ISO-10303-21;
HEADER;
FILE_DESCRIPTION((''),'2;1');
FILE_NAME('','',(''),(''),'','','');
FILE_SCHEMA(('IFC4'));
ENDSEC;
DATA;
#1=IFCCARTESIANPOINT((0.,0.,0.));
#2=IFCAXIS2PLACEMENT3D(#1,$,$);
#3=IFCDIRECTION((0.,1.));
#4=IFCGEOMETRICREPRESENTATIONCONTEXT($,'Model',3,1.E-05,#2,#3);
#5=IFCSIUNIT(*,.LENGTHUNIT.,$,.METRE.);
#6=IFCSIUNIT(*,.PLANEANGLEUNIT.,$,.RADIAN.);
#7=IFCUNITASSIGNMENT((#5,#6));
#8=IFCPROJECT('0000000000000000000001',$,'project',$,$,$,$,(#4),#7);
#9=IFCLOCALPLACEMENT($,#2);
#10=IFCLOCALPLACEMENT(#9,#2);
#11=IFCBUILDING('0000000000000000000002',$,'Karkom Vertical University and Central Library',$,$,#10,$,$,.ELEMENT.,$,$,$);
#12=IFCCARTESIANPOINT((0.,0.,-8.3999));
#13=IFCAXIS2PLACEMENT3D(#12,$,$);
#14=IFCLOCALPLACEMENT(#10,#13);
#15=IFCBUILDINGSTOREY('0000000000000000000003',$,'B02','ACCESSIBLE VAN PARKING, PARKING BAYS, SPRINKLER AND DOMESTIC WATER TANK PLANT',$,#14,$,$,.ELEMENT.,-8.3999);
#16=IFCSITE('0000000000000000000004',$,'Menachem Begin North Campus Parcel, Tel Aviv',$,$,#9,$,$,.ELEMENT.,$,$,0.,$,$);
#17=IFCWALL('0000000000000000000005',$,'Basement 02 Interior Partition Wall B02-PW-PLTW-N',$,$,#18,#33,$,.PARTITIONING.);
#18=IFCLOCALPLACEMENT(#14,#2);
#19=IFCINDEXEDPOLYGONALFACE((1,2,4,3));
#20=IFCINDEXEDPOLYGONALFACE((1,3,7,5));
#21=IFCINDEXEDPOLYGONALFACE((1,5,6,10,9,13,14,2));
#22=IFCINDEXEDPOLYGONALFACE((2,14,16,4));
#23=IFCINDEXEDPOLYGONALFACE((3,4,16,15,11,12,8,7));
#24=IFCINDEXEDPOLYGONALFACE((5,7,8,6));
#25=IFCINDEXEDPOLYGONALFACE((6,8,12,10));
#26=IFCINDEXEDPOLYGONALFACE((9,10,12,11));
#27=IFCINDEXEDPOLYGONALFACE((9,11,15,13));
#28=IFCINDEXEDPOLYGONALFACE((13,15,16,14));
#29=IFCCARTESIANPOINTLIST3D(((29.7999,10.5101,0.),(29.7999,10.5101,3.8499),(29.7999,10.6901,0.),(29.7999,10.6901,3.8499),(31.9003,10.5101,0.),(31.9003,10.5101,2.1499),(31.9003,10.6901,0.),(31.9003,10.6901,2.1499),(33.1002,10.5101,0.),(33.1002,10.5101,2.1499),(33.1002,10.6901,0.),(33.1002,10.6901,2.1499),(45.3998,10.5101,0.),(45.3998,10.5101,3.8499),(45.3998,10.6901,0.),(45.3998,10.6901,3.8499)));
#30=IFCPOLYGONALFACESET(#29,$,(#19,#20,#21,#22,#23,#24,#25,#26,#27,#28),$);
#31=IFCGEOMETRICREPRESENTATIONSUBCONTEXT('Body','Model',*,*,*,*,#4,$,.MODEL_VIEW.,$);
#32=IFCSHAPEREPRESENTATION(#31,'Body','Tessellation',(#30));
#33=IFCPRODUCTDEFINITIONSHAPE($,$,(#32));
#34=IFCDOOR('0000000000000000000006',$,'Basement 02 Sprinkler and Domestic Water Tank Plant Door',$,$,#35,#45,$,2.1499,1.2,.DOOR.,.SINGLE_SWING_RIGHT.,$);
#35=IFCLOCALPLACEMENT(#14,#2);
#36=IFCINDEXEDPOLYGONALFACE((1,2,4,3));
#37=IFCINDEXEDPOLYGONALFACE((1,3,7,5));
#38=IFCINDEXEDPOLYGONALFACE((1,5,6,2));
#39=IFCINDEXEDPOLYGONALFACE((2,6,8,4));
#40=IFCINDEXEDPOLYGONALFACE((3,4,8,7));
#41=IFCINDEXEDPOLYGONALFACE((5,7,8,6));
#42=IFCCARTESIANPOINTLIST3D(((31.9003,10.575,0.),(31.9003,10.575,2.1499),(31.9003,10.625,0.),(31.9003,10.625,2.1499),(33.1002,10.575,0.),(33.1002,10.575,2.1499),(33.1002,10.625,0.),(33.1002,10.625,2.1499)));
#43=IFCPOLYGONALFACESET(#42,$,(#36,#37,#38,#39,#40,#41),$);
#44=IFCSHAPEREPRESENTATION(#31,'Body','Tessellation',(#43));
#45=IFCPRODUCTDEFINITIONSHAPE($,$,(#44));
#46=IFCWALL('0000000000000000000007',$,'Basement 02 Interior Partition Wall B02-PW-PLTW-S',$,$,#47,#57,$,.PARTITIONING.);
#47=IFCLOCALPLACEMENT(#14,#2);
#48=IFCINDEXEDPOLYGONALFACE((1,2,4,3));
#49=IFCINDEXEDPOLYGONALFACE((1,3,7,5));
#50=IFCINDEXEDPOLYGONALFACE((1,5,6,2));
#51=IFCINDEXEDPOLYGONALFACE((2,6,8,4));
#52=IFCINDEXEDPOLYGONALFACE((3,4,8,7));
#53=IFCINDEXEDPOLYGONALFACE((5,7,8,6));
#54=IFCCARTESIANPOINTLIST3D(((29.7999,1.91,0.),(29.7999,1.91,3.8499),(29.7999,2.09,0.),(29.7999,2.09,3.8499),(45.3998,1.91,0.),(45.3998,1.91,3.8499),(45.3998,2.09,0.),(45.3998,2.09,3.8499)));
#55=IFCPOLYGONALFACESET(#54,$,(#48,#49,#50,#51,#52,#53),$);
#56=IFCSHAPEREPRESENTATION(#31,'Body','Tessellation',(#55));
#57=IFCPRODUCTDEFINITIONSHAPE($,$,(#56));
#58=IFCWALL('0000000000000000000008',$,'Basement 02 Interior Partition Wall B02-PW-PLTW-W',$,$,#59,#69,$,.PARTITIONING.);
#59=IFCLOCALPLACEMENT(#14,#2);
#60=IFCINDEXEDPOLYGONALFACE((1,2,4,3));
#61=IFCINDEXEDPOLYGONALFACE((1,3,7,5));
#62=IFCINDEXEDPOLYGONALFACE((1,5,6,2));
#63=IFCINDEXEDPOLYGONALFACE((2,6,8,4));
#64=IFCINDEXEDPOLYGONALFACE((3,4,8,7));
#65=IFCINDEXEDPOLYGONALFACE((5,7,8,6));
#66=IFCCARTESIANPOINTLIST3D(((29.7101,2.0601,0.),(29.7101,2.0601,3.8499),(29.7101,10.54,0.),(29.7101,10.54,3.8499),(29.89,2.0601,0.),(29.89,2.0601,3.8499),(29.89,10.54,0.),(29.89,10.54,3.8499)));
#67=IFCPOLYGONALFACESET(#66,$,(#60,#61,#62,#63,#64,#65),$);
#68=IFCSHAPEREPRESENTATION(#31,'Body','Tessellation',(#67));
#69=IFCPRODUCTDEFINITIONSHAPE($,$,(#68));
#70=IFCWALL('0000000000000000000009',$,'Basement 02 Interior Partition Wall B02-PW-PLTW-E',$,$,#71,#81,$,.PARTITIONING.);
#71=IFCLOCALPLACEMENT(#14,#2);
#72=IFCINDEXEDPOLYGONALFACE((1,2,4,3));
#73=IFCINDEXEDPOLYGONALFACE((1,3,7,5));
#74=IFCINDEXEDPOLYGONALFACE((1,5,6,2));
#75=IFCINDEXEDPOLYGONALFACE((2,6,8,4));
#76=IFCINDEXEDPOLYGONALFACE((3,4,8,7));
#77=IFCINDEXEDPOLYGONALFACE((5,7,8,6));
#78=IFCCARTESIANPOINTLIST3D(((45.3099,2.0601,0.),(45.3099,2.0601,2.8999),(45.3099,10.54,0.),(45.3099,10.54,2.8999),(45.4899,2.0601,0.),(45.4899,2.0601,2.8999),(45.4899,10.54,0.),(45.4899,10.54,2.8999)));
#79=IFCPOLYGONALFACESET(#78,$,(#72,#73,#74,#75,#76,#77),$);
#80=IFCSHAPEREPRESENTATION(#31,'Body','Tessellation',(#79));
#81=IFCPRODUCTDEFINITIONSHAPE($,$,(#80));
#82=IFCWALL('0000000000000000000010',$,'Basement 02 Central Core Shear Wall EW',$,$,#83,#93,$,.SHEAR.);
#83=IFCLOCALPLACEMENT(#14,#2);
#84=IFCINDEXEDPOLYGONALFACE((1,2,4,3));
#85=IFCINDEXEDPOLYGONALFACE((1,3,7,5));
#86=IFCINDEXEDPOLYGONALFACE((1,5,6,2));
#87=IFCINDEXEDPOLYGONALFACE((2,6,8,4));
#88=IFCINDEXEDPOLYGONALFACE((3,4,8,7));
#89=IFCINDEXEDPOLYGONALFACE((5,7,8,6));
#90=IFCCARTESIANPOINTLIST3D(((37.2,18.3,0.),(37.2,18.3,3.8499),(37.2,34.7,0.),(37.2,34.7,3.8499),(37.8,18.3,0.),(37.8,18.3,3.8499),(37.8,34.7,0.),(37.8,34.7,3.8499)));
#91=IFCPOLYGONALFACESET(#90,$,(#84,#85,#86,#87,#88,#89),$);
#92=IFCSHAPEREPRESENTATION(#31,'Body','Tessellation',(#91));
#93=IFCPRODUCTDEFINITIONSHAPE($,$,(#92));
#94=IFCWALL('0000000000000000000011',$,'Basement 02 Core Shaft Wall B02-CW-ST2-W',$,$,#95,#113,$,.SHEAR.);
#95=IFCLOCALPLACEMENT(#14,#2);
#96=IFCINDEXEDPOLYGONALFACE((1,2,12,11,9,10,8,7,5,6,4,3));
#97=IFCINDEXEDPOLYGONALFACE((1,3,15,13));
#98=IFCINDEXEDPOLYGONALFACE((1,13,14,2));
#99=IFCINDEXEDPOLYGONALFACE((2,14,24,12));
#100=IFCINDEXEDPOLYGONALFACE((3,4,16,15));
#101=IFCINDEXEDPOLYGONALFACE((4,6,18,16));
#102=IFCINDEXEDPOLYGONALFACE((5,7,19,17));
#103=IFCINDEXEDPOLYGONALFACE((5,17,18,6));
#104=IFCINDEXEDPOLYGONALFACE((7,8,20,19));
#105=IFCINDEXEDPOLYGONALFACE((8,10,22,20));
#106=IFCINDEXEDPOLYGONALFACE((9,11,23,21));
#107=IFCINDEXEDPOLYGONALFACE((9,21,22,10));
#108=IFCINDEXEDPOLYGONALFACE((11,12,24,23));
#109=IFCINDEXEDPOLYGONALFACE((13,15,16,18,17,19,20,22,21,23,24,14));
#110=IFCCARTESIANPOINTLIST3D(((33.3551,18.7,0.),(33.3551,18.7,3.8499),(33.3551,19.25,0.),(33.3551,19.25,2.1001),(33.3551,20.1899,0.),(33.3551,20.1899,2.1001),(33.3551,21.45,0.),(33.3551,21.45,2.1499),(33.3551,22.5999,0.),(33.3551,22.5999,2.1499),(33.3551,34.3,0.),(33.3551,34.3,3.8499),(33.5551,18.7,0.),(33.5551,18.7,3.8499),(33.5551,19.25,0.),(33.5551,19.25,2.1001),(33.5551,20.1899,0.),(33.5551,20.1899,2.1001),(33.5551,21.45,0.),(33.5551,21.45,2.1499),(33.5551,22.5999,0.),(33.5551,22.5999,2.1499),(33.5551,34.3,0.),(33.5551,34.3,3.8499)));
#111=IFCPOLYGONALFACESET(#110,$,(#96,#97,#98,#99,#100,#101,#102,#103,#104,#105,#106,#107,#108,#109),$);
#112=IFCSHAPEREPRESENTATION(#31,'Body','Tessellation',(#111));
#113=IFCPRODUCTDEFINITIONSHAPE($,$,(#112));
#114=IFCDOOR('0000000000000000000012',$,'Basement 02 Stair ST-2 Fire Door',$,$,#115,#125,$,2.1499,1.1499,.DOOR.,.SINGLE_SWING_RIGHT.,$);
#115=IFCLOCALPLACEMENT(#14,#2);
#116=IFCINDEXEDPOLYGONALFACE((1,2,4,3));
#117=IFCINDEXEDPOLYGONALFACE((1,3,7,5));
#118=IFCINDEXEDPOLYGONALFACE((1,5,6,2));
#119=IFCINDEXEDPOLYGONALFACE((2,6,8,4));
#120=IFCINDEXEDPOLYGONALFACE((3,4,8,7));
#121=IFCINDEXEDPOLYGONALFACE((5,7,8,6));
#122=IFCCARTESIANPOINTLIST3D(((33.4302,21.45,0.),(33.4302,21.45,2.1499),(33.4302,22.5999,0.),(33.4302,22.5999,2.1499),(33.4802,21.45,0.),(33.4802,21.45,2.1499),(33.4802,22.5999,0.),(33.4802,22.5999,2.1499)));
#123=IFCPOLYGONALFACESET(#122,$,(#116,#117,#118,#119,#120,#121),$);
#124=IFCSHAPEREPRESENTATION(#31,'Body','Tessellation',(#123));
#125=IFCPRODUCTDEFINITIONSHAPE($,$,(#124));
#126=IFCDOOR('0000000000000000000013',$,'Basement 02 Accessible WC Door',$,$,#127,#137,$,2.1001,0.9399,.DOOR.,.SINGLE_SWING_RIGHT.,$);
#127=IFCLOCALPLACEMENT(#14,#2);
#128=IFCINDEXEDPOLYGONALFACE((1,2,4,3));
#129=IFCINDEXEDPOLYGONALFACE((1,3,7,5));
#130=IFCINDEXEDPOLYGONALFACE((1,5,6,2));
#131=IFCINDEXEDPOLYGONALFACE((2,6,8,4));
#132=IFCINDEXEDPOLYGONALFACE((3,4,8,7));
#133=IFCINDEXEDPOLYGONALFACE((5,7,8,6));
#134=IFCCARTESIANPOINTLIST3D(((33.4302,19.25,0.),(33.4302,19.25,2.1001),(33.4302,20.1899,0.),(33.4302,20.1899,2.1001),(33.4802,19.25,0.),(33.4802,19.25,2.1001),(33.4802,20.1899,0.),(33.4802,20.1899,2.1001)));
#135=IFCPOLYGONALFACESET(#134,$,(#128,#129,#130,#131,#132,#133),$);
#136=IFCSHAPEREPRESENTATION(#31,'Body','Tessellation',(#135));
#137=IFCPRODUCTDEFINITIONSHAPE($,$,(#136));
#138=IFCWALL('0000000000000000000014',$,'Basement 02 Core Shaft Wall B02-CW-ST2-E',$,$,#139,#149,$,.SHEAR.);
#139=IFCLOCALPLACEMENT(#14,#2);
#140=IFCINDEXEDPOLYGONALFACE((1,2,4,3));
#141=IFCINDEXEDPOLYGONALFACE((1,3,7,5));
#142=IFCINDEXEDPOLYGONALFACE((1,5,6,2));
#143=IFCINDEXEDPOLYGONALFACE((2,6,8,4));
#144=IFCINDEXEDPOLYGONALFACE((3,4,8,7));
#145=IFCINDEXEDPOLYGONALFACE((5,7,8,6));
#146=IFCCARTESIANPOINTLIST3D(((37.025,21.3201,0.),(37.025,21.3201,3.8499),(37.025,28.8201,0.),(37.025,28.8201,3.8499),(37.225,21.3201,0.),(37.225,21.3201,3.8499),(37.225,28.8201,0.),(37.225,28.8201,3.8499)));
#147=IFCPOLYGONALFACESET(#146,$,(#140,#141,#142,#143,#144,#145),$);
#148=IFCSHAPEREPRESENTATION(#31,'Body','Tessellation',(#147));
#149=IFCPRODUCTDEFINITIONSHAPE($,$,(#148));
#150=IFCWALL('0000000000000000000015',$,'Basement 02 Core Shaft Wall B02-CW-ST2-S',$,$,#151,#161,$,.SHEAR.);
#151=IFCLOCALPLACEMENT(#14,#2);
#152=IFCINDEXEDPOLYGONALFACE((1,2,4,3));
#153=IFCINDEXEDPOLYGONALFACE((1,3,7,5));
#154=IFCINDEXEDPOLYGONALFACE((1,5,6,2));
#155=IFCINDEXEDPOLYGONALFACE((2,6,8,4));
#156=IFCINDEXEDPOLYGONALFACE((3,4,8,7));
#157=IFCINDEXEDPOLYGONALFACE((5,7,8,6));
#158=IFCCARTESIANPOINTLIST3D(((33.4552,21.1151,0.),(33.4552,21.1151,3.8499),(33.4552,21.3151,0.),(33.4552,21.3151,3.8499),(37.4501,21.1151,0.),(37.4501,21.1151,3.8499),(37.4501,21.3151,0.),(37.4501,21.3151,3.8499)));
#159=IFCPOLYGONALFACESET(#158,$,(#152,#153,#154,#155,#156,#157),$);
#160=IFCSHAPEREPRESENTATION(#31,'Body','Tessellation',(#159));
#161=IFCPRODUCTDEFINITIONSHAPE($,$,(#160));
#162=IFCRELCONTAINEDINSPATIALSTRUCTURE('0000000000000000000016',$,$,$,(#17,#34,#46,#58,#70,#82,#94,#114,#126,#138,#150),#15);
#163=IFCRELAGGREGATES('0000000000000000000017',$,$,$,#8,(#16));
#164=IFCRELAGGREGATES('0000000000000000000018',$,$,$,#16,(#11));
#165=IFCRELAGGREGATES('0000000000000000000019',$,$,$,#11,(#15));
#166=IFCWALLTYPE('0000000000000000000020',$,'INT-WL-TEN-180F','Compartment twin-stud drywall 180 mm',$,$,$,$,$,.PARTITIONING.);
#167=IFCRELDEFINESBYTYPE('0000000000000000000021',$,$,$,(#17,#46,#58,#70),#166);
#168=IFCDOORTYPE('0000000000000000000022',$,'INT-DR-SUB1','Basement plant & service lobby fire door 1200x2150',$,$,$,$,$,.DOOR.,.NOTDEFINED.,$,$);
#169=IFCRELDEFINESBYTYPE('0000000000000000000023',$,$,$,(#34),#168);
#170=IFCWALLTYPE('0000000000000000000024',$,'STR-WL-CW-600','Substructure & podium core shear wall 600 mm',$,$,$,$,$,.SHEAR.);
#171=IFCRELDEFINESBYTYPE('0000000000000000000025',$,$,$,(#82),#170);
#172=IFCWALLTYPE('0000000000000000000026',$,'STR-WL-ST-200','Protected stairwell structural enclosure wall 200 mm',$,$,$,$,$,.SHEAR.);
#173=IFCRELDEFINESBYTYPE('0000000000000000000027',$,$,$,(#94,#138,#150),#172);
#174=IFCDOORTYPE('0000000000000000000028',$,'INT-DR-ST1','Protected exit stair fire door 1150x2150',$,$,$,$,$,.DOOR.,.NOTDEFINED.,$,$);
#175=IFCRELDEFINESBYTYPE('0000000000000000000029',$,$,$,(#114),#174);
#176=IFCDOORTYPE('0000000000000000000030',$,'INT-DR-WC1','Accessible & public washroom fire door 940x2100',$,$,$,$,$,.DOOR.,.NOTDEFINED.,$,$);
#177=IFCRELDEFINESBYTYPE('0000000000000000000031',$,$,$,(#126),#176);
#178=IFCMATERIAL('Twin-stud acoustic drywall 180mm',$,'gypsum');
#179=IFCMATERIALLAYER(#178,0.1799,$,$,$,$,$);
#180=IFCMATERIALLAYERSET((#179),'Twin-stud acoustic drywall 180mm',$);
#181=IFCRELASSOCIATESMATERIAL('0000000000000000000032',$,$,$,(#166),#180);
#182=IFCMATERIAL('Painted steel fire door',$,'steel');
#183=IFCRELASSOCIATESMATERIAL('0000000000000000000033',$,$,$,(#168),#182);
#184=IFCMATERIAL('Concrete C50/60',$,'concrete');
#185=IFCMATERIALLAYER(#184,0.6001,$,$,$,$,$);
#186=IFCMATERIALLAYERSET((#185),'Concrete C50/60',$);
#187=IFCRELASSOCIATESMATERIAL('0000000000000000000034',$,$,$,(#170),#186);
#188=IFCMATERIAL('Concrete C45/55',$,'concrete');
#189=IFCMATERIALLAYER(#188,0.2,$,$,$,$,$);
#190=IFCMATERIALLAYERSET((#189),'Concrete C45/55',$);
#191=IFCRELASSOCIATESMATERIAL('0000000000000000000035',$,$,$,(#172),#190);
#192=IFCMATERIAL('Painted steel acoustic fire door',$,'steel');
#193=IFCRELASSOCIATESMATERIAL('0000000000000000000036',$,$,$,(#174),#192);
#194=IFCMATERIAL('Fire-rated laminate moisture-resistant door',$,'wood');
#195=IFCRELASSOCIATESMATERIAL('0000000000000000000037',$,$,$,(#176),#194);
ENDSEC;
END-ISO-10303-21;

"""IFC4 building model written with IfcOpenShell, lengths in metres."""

from ifc_helpers import new_model, si_unit, direction, frame, frame_2d, origin, origin_with_axes, place, context, subcontext, project, spatial, rectangle, extrude, source, transform, mapped, material, layer, layer_set, type_object, element, fill, save


model = new_model("IFC4")

# Units and contexts
model_context = context("Model", 3, precision=1e-05, world=origin(), true_north=direction((0.0, 1.0)))
body_context = subcontext(model_context, "Body", "Model", "MODEL_VIEW")
ifc_project = project(units=[si_unit("LENGTHUNIT", "METRE"), si_unit("PLANEANGLEUNIT", "RADIAN")], contexts=[model_context])

# Site, building, storey
site_placement = place(None, origin())
site = spatial("IfcSite", under=ifc_project, at=site_placement, Name="Menachem Begin North Campus Parcel, Tel Aviv", CompositionType="ELEMENT", RefElevation=0.0)
building_placement = place(site_placement, origin())
building = spatial("IfcBuilding", under=site, at=building_placement, Name="Karkom Vertical University and Central Library", CompositionType="ELEMENT")
storey_placement = place(building_placement, frame((0.0, 0.0, -8.3999)))
storey = spatial("IfcBuildingStorey", under=building, at=storey_placement, Name="B02", Description="ACCESSIBLE VAN PARKING, PARKING BAYS, SPRINKLER AND DOMESTIC WATER TANK PLANT", CompositionType="ELEMENT", Elevation=-8.3999)

# Shared definitions
ifc_material_1 = material(Name="Concrete C45/55", Category="concrete")
ifc_material_2 = material(Name="Concrete C50/60", Category="concrete")

# Wall, opening, door
ifc_material_3 = material(Name="Twin-stud acoustic drywall 180mm", Category="gypsum")
ifc_layer_1 = layer(ifc_material_3, 0.1799)
ifc_layer_set_1 = layer_set([ifc_layer_1], Name="Twin-stud acoustic drywall 180mm")
wall_type_1 = type_object("IfcWallType", Name="INT-WL-TEN-180F", Description="Compartment twin-stud drywall 180 mm", PredefinedType="PARTITIONING", material=ifc_layer_set_1)
wall_1_placement = place(storey_placement, frame((29.8, 10.6001, 0.0), z_axis=(0.0, 0.0, 1.0), x_axis=(1.0, 0.0, 0.0)))
wall_1 = element("IfcWall", 1, at=wall_1_placement, inside=storey, type_object=wall_type_1, Name="Basement 02 Interior Partition Wall B02-PW-PLTW-N", PredefinedType="PARTITIONING", context=body_context, shape_type="SweptSolid", body=[
    extrude(rectangle(XDim=15.5999, YDim=0.1799, at=frame_2d((7.7998, 0.0))), origin(), (0.0, 0.0, 1.0), 3.8499),
])
opening_1_placement = place(wall_1_placement, frame((2.1001, 0.0, 0.0)))
opening_1 = element("IfcOpeningElement", 2, at=opening_1_placement, cuts=wall_1, PredefinedType="OPENING", context=body_context, shape_type="SweptSolid", body=[
    extrude(rectangle(XDim=1.2, YDim=2.1499, at=frame_2d((0.6001, 1.075))), frame((0.0, 0.1001, 0.0), z_axis=(0.0, -1.0, 0.0), x_axis=(1.0, 0.0, 0.0)), (0.0, 0.0, 1.0), 0.2),
])
ifc_material_4 = material(Name="Painted steel fire door", Category="steel")
door_type_1 = type_object("IfcDoorType", Name="INT-DR-SUB1", Description="Basement plant & service lobby fire door 1200x2150", OperationType="NOTDEFINED", PredefinedType="DOOR", material=ifc_material_4)
shared_shape_1 = source(origin_with_axes(), body_context, "Body", "SweptSolid", [
    extrude(rectangle(XDim=1.2, YDim=2.1499, at=frame_2d((0.6001, 1.075))), frame((0.0, 0.0249, 0.0), z_axis=(0.0, -1.0, 0.0), x_axis=(1.0, 0.0, 0.0)), (0.0, 0.0, 1.0), 0.05),
])
door_1_placement = place(opening_1_placement, origin())
door_1 = element("IfcDoor", 3, at=door_1_placement, inside=storey, type_object=door_type_1, Name="Basement 02 Sprinkler and Domestic Water Tank Plant Door", OperationType="SINGLE_SWING_RIGHT", OverallHeight=2.1499, OverallWidth=1.2, PredefinedType="DOOR", context=body_context, shape_type="MappedRepresentation", body=[
    mapped(shared_shape_1, transform((0.0, 0.0, 0.0), scale=1.0)),
])
fill(opening_1, door_1)

# Walls
wall_2_placement = place(storey_placement, frame((29.8, 2.0, 0.0), z_axis=(0.0, 0.0, 1.0), x_axis=(1.0, 0.0, 0.0)))
element("IfcWall", 4, at=wall_2_placement, inside=storey, type_object=wall_type_1, Name="Basement 02 Interior Partition Wall B02-PW-PLTW-S", PredefinedType="PARTITIONING", context=body_context, shape_type="SweptSolid", body=[
    extrude(rectangle(XDim=15.5999, YDim=0.1799, at=frame_2d((7.7998, 0.0))), origin(), (0.0, 0.0, 1.0), 3.8499),
])
wall_3_placement = place(storey_placement, frame((29.8, 2.0601, 0.0), z_axis=(0.0, 0.0, 1.0), x_axis=(0.0, 1.0, 0.0)))
element("IfcWall", 5, at=wall_3_placement, inside=storey, type_object=wall_type_1, Name="Basement 02 Interior Partition Wall B02-PW-PLTW-W", PredefinedType="PARTITIONING", context=body_context, shape_type="SweptSolid", body=[
    extrude(rectangle(XDim=8.48, YDim=0.1799, at=frame_2d((4.24, 0.0))), origin(), (0.0, 0.0, 1.0), 3.8499),
])
wall_4_placement = place(storey_placement, frame((45.3999, 2.0601, 0.0), z_axis=(0.0, 0.0, 1.0), x_axis=(0.0, 1.0, 0.0)))
element("IfcWall", 6, at=wall_4_placement, inside=storey, type_object=wall_type_1, Name="Basement 02 Interior Partition Wall B02-PW-PLTW-E", PredefinedType="PARTITIONING", context=body_context, shape_type="SweptSolid", body=[
    extrude(rectangle(XDim=8.48, YDim=0.1799, at=frame_2d((4.24, 0.0))), origin(), (0.0, 0.0, 1.0), 2.8999),
])
ifc_layer_2 = layer(ifc_material_2, 0.6001)
ifc_layer_set_2 = layer_set([ifc_layer_2], Name="Concrete C50/60")
wall_type_2 = type_object("IfcWallType", Name="STR-WL-CW-600", Description="Substructure & podium core shear wall 600 mm", PredefinedType="SHEAR", material=ifc_layer_set_2)
wall_5_placement = place(storey_placement, frame((37.5, 18.3, 0.0), z_axis=(0.0, 0.0, 1.0), x_axis=(0.0, 1.0, 0.0)))
element("IfcWall", 7, at=wall_5_placement, inside=storey, type_object=wall_type_2, Name="Basement 02 Central Core Shear Wall EW", PredefinedType="SHEAR", context=body_context, shape_type="SweptSolid", body=[
    extrude(rectangle(XDim=16.3999, YDim=0.6001, at=frame_2d((8.2, 0.0))), origin(), (0.0, 0.0, 1.0), 3.8499),
])

# Wall, openings, doors
ifc_layer_3 = layer(ifc_material_1, 0.2)
ifc_layer_set_3 = layer_set([ifc_layer_3], Name="Concrete C45/55")
wall_type_3 = type_object("IfcWallType", Name="STR-WL-ST-200", Description="Protected stairwell structural enclosure wall 200 mm", PredefinedType="SHEAR", material=ifc_layer_set_3)
wall_6_placement = place(storey_placement, frame((33.4551, 18.7, 0.0), z_axis=(0.0, 0.0, 1.0), x_axis=(0.0, 1.0, 0.0)))
wall_6 = element("IfcWall", 8, at=wall_6_placement, inside=storey, type_object=wall_type_3, Name="Basement 02 Core Shaft Wall B02-CW-ST2-W", PredefinedType="SHEAR", context=body_context, shape_type="SweptSolid", body=[
    extrude(rectangle(XDim=15.6001, YDim=0.2, at=frame_2d((7.8, 0.0))), origin(), (0.0, 0.0, 1.0), 3.8499),
])
opening_2_placement = place(wall_6_placement, frame((2.75, 0.0, 0.0)))
opening_2 = element("IfcOpeningElement", 9, at=opening_2_placement, cuts=wall_6, PredefinedType="OPENING", context=body_context, shape_type="SweptSolid", body=[
    extrude(rectangle(XDim=1.1499, YDim=2.1499, at=frame_2d((0.575, 1.075))), frame((0.0, 0.1099, 0.0), z_axis=(0.0, -1.0, 0.0), x_axis=(1.0, 0.0, 0.0)), (0.0, 0.0, 1.0), 0.22),
])
opening_3_placement = place(wall_6_placement, frame((0.55, 0.0, 0.0)))
opening_3 = element("IfcOpeningElement", 10, at=opening_3_placement, cuts=wall_6, PredefinedType="OPENING", context=body_context, shape_type="SweptSolid", body=[
    extrude(rectangle(XDim=0.9399, YDim=2.1001, at=frame_2d((0.47, 1.05))), frame((0.0, 0.1099, 0.0), z_axis=(0.0, -1.0, 0.0), x_axis=(1.0, 0.0, 0.0)), (0.0, 0.0, 1.0), 0.22),
])
ifc_material_5 = material(Name="Painted steel acoustic fire door", Category="steel")
door_type_2 = type_object("IfcDoorType", Name="INT-DR-ST1", Description="Protected exit stair fire door 1150x2150", OperationType="NOTDEFINED", PredefinedType="DOOR", material=ifc_material_5)
shared_shape_2 = source(origin_with_axes(), body_context, "Body", "SweptSolid", [
    extrude(rectangle(XDim=1.1499, YDim=2.1499, at=frame_2d((0.575, 1.075))), frame((0.0, 0.0249, 0.0), z_axis=(0.0, -1.0, 0.0), x_axis=(1.0, 0.0, 0.0)), (0.0, 0.0, 1.0), 0.05),
])
door_2_placement = place(opening_2_placement, origin())
door_2 = element("IfcDoor", 11, at=door_2_placement, inside=storey, type_object=door_type_2, Name="Basement 02 Stair ST-2 Fire Door", OperationType="SINGLE_SWING_RIGHT", OverallHeight=2.1499, OverallWidth=1.1499, PredefinedType="DOOR", context=body_context, shape_type="MappedRepresentation", body=[
    mapped(shared_shape_2, transform((0.0, 0.0, 0.0), scale=1.0)),
])
fill(opening_2, door_2)
ifc_material_6 = material(Name="Fire-rated laminate moisture-resistant door", Category="wood")
door_type_3 = type_object("IfcDoorType", Name="INT-DR-WC1", Description="Accessible & public washroom fire door 940x2100", OperationType="NOTDEFINED", PredefinedType="DOOR", material=ifc_material_6)
shared_shape_3 = source(origin_with_axes(), body_context, "Body", "SweptSolid", [
    extrude(rectangle(XDim=0.9399, YDim=2.1001, at=frame_2d((0.47, 1.05))), frame((0.0, 0.0249, 0.0), z_axis=(0.0, -1.0, 0.0), x_axis=(1.0, 0.0, 0.0)), (0.0, 0.0, 1.0), 0.05),
])
door_3_placement = place(opening_3_placement, origin())
door_3 = element("IfcDoor", 12, at=door_3_placement, inside=storey, type_object=door_type_3, Name="Basement 02 Accessible WC Door", OperationType="SINGLE_SWING_RIGHT", OverallHeight=2.1001, OverallWidth=0.9399, PredefinedType="DOOR", context=body_context, shape_type="MappedRepresentation", body=[
    mapped(shared_shape_3, transform((0.0, 0.0, 0.0), scale=1.0)),
])
fill(opening_3, door_3)

# Walls
wall_7_placement = place(storey_placement, frame((37.125, 21.3201, 0.0), z_axis=(0.0, 0.0, 1.0), x_axis=(0.0, 1.0, 0.0)))
element("IfcWall", 13, at=wall_7_placement, inside=storey, type_object=wall_type_3, Name="Basement 02 Core Shaft Wall B02-CW-ST2-E", PredefinedType="SHEAR", context=body_context, shape_type="SweptSolid", body=[
    extrude(rectangle(XDim=7.5, YDim=0.2, at=frame_2d((3.75, 0.0))), origin(), (0.0, 0.0, 1.0), 3.8499),
])
wall_8_placement = place(storey_placement, frame((33.4551, 21.2151, 0.0), z_axis=(0.0, 0.0, 1.0), x_axis=(1.0, 0.0, 0.0)))
element("IfcWall", 14, at=wall_8_placement, inside=storey, type_object=wall_type_3, Name="Basement 02 Core Shaft Wall B02-CW-ST2-S", PredefinedType="SHEAR", context=body_context, shape_type="SweptSolid", body=[
    extrude(rectangle(XDim=3.9949, YDim=0.2, at=frame_2d((1.9976, 0.0))), origin(), (0.0, 0.0, 1.0), 3.8499),
])

save(model, "model.ifc")
